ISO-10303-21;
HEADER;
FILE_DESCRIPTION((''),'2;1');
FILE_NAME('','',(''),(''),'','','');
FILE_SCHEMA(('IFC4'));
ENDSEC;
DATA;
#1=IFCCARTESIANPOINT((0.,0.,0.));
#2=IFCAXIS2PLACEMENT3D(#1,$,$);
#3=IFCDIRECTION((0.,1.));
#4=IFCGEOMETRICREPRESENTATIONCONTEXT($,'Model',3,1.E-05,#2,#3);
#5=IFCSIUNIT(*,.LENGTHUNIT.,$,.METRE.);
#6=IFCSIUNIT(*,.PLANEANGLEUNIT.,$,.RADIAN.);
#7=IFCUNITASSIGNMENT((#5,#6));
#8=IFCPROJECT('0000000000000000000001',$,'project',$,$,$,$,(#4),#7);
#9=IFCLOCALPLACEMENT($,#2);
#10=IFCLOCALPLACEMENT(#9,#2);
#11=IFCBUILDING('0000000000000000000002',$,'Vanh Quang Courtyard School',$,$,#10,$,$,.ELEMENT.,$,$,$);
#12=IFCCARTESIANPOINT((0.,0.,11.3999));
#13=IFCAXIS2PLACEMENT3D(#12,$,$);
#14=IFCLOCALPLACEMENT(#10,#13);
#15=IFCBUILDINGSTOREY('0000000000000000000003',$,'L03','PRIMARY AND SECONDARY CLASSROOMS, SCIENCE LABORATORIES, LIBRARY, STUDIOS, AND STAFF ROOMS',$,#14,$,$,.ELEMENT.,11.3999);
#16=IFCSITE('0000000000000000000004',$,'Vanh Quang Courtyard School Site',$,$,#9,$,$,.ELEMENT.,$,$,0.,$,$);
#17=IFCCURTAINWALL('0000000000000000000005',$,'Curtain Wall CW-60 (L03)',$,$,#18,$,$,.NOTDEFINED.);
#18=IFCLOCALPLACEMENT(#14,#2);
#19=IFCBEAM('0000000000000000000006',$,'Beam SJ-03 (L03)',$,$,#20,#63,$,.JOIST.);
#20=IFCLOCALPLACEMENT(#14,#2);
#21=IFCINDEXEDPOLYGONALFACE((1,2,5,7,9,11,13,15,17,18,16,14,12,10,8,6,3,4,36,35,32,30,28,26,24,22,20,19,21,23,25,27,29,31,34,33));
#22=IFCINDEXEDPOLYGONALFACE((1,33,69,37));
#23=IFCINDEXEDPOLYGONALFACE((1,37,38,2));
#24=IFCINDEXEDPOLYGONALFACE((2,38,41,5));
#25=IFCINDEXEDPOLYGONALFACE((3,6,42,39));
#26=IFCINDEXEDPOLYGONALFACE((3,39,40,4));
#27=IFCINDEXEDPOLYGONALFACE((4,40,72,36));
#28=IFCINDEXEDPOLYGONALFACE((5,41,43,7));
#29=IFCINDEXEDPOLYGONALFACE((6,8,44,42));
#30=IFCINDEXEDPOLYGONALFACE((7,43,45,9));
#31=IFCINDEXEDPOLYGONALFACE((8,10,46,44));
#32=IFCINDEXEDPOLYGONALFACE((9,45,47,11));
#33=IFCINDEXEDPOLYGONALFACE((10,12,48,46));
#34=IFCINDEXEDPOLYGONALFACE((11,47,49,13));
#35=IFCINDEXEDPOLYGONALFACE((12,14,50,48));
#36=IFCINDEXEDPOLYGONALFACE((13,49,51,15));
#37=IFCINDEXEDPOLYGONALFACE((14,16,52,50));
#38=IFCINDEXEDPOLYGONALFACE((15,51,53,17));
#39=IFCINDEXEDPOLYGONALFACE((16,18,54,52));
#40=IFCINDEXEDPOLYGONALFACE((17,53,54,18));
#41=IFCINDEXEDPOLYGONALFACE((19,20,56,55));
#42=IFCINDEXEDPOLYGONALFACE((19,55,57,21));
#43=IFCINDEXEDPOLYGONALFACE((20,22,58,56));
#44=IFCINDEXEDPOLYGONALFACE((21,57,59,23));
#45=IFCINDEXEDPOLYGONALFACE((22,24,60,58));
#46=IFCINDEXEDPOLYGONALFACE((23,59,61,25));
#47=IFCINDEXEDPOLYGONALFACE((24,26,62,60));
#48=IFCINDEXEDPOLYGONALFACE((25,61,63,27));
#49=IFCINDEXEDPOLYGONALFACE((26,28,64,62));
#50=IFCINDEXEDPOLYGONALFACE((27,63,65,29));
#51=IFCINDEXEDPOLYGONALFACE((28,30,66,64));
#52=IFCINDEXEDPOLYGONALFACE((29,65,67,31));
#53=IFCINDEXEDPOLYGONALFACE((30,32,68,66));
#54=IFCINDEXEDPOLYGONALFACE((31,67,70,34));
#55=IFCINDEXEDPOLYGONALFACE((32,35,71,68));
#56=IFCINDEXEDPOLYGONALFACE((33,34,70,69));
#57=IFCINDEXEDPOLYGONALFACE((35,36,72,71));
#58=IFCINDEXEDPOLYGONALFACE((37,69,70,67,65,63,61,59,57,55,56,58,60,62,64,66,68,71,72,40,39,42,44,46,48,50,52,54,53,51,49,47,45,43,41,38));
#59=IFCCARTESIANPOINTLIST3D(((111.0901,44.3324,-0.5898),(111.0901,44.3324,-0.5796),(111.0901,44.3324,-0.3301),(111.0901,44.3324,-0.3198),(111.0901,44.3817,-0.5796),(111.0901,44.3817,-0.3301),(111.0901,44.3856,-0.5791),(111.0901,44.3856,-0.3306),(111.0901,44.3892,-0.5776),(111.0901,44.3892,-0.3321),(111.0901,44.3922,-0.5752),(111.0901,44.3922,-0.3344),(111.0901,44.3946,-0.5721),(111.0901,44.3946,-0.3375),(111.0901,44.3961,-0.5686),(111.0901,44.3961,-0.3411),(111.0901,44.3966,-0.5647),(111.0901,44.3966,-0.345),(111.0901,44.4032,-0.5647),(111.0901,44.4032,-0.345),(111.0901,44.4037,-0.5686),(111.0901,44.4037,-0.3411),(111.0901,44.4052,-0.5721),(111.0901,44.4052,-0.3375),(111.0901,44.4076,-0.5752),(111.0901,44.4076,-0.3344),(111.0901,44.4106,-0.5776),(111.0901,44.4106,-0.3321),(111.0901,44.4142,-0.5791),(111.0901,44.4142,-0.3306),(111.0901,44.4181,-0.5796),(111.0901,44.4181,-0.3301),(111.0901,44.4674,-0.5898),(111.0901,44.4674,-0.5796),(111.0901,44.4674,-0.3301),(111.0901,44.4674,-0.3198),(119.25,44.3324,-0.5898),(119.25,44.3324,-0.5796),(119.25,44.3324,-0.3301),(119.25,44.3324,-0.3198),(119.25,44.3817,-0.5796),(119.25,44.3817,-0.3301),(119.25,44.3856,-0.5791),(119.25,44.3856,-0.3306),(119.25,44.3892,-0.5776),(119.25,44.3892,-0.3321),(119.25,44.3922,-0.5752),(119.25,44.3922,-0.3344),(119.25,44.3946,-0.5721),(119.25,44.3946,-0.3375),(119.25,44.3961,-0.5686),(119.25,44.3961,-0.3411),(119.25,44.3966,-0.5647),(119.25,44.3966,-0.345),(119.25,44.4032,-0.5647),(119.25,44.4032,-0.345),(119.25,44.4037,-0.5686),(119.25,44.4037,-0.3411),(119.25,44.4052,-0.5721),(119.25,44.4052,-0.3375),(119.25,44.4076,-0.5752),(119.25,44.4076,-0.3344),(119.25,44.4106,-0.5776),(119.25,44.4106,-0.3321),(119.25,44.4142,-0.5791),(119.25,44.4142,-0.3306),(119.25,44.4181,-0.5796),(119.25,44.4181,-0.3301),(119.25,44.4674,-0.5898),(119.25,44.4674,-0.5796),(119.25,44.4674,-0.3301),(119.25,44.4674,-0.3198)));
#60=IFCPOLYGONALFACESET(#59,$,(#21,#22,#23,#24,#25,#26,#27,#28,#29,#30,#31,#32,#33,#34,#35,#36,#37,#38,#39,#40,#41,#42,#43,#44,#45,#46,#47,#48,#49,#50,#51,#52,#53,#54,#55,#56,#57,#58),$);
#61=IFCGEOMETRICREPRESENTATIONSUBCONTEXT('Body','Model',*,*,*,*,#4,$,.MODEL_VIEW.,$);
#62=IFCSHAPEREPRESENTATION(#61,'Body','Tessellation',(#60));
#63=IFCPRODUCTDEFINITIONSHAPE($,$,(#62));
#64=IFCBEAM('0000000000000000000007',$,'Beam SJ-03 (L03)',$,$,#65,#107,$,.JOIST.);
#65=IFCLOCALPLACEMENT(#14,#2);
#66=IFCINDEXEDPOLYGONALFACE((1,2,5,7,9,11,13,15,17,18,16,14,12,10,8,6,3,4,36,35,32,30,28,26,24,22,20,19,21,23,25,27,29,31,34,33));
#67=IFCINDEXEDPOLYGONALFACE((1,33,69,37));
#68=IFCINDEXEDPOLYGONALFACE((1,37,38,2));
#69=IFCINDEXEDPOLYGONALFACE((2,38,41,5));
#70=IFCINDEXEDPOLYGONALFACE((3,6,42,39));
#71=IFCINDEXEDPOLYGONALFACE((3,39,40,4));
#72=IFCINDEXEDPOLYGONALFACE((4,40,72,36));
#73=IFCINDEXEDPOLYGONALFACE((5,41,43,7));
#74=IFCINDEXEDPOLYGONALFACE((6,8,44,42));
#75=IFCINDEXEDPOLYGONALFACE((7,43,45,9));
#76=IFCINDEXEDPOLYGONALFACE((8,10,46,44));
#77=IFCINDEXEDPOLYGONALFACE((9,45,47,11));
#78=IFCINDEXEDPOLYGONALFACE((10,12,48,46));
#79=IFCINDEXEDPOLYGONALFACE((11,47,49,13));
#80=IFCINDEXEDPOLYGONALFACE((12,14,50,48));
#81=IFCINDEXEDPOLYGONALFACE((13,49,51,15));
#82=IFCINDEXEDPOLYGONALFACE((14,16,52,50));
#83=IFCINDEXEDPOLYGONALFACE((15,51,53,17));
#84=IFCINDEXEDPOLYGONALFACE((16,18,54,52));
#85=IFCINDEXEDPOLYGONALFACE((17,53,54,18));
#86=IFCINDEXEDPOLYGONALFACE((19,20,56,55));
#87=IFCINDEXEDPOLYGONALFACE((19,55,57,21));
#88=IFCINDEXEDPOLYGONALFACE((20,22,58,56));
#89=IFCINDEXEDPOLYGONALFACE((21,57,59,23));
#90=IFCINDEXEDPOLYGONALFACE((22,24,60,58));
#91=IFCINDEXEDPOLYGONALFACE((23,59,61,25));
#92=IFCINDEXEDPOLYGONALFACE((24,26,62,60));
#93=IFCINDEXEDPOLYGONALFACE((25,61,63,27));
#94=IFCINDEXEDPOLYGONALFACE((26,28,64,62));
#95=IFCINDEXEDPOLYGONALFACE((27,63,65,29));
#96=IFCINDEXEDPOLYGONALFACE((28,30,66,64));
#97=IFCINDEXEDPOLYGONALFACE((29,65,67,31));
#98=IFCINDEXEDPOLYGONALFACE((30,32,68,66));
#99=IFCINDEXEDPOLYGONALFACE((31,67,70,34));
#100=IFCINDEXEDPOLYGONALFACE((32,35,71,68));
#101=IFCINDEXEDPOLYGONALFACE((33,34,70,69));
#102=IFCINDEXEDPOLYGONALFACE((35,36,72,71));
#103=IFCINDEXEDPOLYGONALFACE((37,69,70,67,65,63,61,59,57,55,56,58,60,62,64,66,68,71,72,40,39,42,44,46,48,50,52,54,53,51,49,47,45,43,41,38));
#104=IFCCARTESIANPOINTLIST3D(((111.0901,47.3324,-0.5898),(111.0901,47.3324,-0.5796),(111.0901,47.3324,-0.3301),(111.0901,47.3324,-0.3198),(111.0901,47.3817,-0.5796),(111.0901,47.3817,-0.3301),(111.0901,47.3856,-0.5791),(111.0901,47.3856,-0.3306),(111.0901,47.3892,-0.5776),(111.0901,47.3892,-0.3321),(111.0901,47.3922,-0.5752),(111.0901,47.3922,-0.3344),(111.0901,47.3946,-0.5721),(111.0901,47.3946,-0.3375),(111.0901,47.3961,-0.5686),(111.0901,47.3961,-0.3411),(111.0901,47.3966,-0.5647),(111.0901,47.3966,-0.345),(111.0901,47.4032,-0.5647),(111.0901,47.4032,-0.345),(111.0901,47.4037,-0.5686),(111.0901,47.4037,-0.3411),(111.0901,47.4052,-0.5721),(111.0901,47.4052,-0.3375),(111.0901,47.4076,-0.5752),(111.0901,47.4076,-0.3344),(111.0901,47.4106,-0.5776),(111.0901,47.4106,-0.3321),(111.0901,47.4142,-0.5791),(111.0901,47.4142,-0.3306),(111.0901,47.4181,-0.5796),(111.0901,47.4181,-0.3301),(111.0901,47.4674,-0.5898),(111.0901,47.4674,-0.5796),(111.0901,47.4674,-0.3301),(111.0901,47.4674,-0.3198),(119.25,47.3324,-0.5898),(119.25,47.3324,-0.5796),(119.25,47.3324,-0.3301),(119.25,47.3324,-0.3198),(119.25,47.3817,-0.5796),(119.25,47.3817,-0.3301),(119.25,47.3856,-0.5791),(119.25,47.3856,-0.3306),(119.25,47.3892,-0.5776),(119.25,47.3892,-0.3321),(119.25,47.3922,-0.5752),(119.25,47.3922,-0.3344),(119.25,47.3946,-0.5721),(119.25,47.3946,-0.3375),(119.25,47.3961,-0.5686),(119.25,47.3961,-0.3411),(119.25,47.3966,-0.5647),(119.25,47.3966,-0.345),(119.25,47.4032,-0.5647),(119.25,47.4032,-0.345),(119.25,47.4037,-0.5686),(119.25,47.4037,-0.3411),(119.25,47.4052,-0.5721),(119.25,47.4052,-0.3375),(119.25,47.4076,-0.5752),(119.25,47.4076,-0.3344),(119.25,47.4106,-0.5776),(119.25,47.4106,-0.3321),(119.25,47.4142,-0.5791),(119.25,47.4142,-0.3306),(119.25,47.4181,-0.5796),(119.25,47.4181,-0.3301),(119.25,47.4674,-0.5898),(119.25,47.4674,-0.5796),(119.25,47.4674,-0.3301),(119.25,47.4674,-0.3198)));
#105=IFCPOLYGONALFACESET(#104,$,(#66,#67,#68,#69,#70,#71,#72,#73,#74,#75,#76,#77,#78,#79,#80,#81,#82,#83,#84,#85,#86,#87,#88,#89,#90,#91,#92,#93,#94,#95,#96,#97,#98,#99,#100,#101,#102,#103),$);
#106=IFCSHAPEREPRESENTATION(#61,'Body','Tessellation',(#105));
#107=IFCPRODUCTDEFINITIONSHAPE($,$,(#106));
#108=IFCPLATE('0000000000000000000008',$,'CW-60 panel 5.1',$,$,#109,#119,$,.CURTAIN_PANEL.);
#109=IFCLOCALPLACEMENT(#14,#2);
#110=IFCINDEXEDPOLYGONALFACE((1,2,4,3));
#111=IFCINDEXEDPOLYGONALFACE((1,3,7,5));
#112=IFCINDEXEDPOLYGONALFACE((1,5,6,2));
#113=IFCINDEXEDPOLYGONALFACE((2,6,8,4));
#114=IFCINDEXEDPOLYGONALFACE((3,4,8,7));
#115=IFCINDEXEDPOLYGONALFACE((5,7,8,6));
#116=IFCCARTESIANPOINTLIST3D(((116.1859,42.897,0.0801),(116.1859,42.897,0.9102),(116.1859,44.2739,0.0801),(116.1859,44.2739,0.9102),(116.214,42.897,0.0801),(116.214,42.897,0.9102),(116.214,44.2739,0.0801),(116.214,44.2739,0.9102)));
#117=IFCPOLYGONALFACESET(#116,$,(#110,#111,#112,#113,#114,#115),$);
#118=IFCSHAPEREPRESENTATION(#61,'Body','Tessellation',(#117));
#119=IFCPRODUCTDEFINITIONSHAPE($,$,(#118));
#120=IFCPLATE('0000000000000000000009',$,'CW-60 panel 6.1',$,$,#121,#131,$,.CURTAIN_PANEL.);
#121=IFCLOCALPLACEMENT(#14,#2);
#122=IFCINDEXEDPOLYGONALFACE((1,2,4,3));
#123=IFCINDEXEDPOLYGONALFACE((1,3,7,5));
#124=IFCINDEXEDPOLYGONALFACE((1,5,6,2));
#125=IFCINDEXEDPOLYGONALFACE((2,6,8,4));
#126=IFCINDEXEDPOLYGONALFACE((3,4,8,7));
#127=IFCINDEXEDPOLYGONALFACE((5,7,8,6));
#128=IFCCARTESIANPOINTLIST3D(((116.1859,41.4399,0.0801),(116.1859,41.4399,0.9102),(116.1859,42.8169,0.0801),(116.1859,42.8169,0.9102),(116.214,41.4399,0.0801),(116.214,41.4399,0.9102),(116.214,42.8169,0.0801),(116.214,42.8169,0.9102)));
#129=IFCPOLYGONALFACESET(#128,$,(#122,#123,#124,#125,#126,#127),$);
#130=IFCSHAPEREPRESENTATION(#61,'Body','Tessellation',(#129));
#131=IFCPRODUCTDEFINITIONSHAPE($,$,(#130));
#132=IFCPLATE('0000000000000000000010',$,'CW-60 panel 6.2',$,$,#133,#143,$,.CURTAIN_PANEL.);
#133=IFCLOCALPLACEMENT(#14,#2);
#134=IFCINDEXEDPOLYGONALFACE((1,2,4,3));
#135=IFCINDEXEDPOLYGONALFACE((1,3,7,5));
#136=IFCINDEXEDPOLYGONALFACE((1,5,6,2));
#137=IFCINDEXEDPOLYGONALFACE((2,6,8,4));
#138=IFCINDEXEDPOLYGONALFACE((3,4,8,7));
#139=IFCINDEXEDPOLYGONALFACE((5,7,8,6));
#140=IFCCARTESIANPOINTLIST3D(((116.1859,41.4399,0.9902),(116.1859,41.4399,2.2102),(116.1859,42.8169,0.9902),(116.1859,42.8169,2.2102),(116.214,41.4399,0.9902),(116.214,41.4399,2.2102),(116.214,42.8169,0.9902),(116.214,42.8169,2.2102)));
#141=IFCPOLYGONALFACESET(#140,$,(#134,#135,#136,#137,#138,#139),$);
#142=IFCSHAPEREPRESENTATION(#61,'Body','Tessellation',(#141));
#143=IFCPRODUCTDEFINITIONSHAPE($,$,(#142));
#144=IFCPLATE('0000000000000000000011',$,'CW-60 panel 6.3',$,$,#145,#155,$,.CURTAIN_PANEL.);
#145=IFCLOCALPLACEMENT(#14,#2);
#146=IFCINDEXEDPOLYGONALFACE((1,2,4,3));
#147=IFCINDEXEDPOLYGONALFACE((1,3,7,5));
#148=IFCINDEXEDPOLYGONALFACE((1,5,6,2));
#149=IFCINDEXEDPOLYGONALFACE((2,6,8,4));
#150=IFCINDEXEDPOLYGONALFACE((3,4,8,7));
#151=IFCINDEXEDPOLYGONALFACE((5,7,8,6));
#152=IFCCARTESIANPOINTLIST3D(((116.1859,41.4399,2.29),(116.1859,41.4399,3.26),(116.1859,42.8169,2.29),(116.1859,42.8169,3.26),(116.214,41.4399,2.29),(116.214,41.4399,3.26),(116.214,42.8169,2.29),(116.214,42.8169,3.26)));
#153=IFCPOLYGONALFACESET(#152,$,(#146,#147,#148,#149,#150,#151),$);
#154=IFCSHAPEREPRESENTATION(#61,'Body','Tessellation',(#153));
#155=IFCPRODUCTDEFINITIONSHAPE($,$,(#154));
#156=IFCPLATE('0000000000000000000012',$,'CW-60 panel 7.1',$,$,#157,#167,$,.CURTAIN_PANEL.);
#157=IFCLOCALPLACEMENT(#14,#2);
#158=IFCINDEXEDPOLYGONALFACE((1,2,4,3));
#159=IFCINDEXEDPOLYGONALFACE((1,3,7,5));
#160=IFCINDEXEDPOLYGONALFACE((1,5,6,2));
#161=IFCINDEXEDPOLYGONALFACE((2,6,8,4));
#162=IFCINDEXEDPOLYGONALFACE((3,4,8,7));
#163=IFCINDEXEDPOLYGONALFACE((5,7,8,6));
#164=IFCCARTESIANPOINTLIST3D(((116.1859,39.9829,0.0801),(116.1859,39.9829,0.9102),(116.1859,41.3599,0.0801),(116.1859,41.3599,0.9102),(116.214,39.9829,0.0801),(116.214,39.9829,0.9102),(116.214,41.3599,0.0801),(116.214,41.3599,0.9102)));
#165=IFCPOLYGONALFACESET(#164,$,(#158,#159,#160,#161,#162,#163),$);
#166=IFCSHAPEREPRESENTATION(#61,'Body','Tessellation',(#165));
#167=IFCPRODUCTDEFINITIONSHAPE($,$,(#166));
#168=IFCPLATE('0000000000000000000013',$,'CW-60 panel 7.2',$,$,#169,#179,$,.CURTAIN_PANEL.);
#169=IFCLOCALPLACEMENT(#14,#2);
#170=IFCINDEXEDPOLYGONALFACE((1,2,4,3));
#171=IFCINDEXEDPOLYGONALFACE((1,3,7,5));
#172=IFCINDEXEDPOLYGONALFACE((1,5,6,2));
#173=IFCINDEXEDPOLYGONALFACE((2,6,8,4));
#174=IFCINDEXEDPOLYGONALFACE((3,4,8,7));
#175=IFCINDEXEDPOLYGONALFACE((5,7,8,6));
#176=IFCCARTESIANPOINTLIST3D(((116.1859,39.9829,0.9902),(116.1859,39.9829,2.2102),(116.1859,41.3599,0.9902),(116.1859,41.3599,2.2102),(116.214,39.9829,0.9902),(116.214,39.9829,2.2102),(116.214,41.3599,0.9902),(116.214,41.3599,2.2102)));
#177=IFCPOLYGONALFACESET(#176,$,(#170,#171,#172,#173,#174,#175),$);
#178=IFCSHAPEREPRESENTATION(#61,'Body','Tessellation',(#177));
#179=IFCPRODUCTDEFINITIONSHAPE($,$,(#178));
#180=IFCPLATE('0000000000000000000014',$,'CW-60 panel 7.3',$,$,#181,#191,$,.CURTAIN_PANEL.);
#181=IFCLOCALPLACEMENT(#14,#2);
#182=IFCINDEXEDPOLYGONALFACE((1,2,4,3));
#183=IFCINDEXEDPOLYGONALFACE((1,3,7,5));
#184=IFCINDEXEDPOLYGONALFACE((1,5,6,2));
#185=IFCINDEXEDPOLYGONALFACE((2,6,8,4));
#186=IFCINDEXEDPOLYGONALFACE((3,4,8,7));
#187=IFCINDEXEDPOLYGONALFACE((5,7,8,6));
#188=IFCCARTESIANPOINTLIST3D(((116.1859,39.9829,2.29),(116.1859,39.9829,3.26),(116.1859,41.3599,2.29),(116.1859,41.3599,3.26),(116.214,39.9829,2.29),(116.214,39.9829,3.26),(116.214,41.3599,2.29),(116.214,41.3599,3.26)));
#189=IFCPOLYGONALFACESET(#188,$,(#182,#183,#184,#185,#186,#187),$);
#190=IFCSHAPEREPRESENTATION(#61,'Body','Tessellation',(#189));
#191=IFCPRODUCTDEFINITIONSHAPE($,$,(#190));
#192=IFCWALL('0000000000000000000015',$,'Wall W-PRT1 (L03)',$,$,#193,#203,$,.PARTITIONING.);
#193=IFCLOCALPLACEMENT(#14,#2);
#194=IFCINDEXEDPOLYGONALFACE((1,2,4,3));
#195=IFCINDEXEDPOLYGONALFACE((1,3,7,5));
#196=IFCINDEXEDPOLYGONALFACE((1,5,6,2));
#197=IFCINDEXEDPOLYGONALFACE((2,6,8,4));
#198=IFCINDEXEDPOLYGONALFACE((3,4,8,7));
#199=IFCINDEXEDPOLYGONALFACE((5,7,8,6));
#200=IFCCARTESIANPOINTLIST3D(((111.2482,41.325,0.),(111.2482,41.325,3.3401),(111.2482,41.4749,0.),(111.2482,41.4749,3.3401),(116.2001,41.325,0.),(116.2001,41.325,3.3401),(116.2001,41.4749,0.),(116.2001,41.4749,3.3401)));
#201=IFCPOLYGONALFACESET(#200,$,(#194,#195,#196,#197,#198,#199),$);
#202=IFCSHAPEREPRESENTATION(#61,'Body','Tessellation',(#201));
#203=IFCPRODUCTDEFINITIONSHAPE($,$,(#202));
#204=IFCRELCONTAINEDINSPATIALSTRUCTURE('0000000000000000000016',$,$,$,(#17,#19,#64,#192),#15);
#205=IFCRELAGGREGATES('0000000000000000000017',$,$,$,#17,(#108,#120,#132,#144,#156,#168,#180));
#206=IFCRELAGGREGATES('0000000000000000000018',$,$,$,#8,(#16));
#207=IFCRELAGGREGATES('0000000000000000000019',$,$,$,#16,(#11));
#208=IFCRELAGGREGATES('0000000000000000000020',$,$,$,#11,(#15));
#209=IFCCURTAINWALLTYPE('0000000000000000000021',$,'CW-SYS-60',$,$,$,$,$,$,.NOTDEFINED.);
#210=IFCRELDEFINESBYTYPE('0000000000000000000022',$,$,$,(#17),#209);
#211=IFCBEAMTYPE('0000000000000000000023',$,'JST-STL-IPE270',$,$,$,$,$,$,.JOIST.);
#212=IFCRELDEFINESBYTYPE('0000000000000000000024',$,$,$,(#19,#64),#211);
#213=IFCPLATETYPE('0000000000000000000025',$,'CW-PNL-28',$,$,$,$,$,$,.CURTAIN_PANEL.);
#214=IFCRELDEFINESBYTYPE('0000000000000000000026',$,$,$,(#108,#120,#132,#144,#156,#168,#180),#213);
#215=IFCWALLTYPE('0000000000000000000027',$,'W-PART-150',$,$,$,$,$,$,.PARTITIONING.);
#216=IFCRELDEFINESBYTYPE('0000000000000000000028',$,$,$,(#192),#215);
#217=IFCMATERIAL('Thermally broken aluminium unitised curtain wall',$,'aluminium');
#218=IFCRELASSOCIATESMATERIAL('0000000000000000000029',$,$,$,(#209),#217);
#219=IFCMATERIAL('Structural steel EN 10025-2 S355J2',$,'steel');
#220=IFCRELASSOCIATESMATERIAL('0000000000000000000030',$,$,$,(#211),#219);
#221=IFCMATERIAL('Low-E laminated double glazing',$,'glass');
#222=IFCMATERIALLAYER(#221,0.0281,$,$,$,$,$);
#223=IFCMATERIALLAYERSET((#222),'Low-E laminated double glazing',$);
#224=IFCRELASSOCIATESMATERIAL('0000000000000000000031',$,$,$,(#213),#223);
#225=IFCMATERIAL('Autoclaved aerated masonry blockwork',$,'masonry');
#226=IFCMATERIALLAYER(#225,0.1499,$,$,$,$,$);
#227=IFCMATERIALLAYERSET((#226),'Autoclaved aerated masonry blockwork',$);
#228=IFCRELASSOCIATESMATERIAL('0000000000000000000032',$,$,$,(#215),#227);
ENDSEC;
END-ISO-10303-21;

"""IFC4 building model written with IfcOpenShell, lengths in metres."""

from ifc_helpers import new_model, si_unit, direction, frame, frame_2d, origin, origin_2d, place, context, subcontext, project, spatial, rectangle, i_section, extrude, material, layer, layer_set, material_profile, profile_set, type_object, element, aggregate, save


model = new_model("IFC4")

# Units and contexts
model_context = context("Model", 3, precision=1e-05, world=origin(), true_north=direction((0.0, 1.0)))
body_context = subcontext(model_context, "Body", "Model", "MODEL_VIEW")
ifc_project = project(units=[si_unit("LENGTHUNIT", "METRE"), si_unit("PLANEANGLEUNIT", "RADIAN")], contexts=[model_context])

# Site, building, storey
site_placement = place(None, origin())
site = spatial("IfcSite", under=ifc_project, at=site_placement, Name="Vanh Quang Courtyard School Site", CompositionType="ELEMENT", RefElevation=0.0)
building_placement = place(site_placement, origin())
building = spatial("IfcBuilding", under=site, at=building_placement, Name="Vanh Quang Courtyard School", CompositionType="ELEMENT")
storey_placement = place(building_placement, frame((0.0, 0.0, 11.3999)))
storey = spatial("IfcBuildingStorey", under=building, at=storey_placement, Name="L03", Description="PRIMARY AND SECONDARY CLASSROOMS, SCIENCE LABORATORIES, LIBRARY, STUDIOS, AND STAFF ROOMS", CompositionType="ELEMENT", Elevation=11.3999)

# Curtain wall
ifc_material_1 = material(Name="Thermally broken aluminium unitised curtain wall", Category="aluminium")
curtain_wall_type = type_object("IfcCurtainWallType", Name="CW-SYS-60", PredefinedType="NOTDEFINED", material=ifc_material_1)
curtain_wall_placement = place(storey_placement, origin())
curtain_wall = element("IfcCurtainWall", 1, at=curtain_wall_placement, inside=storey, type_object=curtain_wall_type, Name="Curtain Wall CW-60 (L03)", PredefinedType="NOTDEFINED")

# Beams
ifc_material_2 = material(Name="Structural steel EN 10025-2 S355J2", Category="steel")
ifc_material_profile_1 = material_profile(ifc_material_2, i_section(OverallWidth=0.135, OverallDepth=0.27, WebThickness=0.0066, FlangeThickness=0.0103, FilletRadius=0.0149, at=origin_2d()), Name="IPE 270")
ifc_profile_set_1 = profile_set([ifc_material_profile_1], Name="Structural steel EN 10025-2 S355J2")
beam_type = type_object("IfcBeamType", Name="JST-STL-IPE270", PredefinedType="JOIST", material=ifc_profile_set_1)
for number, where, z_axis, x_axis, name in (
    (2, (111.0901, 44.3999, -0.4548), (1.0, 0.0, 0.0), (0.0, 1.0, 0.0), "Beam SJ-03 (L03)"),
    (3, (111.0901, 47.3999, -0.4548), (1.0, 0.0, 0.0), (0.0, 1.0, 0.0), "Beam SJ-03 (L03)"),
):
    element("IfcBeam", number, at=place(storey_placement, frame(where, z_axis=z_axis, x_axis=x_axis)), inside=storey, type_object=beam_type, Name=name, PredefinedType="JOIST", context=body_context, shape_type="SweptSolid", body=[
        extrude(i_section(OverallWidth=0.135, OverallDepth=0.27, WebThickness=0.0066, FlangeThickness=0.0103, FilletRadius=0.0149, at=origin_2d()), origin(), (0.0, 0.0, 1.0), 8.1599),
    ])

# Plates
ifc_material_3 = material(Name="Low-E laminated double glazing", Category="glass")
ifc_layer_1 = layer(ifc_material_3, 0.0281)
ifc_layer_set_1 = layer_set([ifc_layer_1], Name="Low-E laminated double glazing")
plate_type = type_object("IfcPlateType", Name="CW-PNL-28", PredefinedType="CURTAIN_PANEL", material=ifc_layer_set_1)
plate_1_placement = place(storey_placement, frame((116.2, 43.5854, 0.0801), z_axis=(0.0, 0.0, 1.0), x_axis=(0.0, -1.0, 0.0)))
plate_1 = element("IfcPlate", 4, at=plate_1_placement, type_object=plate_type, Name="CW-60 panel 5.1", PredefinedType="CURTAIN_PANEL", context=body_context, shape_type="SweptSolid", body=[
    extrude(rectangle(XDim=1.377, YDim=0.0281, at=origin_2d()), origin(), (0.0, 0.0, 1.0), 0.8301),
])
plate_2_placement = place(storey_placement, frame((116.2, 42.1284, 0.0801), z_axis=(0.0, 0.0, 1.0), x_axis=(0.0, -1.0, 0.0)))
plate_2 = element("IfcPlate", 5, at=plate_2_placement, type_object=plate_type, Name="CW-60 panel 6.1", PredefinedType="CURTAIN_PANEL", context=body_context, shape_type="SweptSolid", body=[
    extrude(rectangle(XDim=1.377, YDim=0.0281, at=origin_2d()), origin(), (0.0, 0.0, 1.0), 0.8301),
])
plate_3_placement = place(storey_placement, frame((116.2, 42.1284, 0.9902), z_axis=(0.0, 0.0, 1.0), x_axis=(0.0, -1.0, 0.0)))
plate_3 = element("IfcPlate", 6, at=plate_3_placement, type_object=plate_type, Name="CW-60 panel 6.2", PredefinedType="CURTAIN_PANEL", context=body_context, shape_type="SweptSolid", body=[
    extrude(rectangle(XDim=1.377, YDim=0.0281, at=origin_2d()), origin(), (0.0, 0.0, 1.0), 1.22),
])
plate_4_placement = place(storey_placement, frame((116.2, 42.1284, 2.29), z_axis=(0.0, 0.0, 1.0), x_axis=(0.0, -1.0, 0.0)))
plate_4 = element("IfcPlate", 7, at=plate_4_placement, type_object=plate_type, Name="CW-60 panel 6.3", PredefinedType="CURTAIN_PANEL", context=body_context, shape_type="SweptSolid", body=[
    extrude(rectangle(XDim=1.377, YDim=0.0281, at=origin_2d()), origin(), (0.0, 0.0, 1.0), 0.97),
])
plate_5_placement = place(storey_placement, frame((116.2, 40.6714, 0.0801), z_axis=(0.0, 0.0, 1.0), x_axis=(0.0, -1.0, 0.0)))
plate_5 = element("IfcPlate", 8, at=plate_5_placement, type_object=plate_type, Name="CW-60 panel 7.1", PredefinedType="CURTAIN_PANEL", context=body_context, shape_type="SweptSolid", body=[
    extrude(rectangle(XDim=1.377, YDim=0.0281, at=origin_2d()), origin(), (0.0, 0.0, 1.0), 0.8301),
])
plate_6_placement = place(storey_placement, frame((116.2, 40.6714, 0.9902), z_axis=(0.0, 0.0, 1.0), x_axis=(0.0, -1.0, 0.0)))
plate_6 = element("IfcPlate", 9, at=plate_6_placement, type_object=plate_type, Name="CW-60 panel 7.2", PredefinedType="CURTAIN_PANEL", context=body_context, shape_type="SweptSolid", body=[
    extrude(rectangle(XDim=1.377, YDim=0.0281, at=origin_2d()), origin(), (0.0, 0.0, 1.0), 1.22),
])
plate_7_placement = place(storey_placement, frame((116.2, 40.6714, 2.29), z_axis=(0.0, 0.0, 1.0), x_axis=(0.0, -1.0, 0.0)))
plate_7 = element("IfcPlate", 10, at=plate_7_placement, type_object=plate_type, Name="CW-60 panel 7.3", PredefinedType="CURTAIN_PANEL", context=body_context, shape_type="SweptSolid", body=[
    extrude(rectangle(XDim=1.377, YDim=0.0281, at=origin_2d()), origin(), (0.0, 0.0, 1.0), 0.97),
])
aggregate(curtain_wall, [plate_1, plate_2, plate_3, plate_4, plate_5, plate_6, plate_7])

# Wall
ifc_material_4 = material(Name="Autoclaved aerated masonry blockwork", Category="masonry")
ifc_layer_2 = layer(ifc_material_4, 0.1499)
ifc_layer_set_2 = layer_set([ifc_layer_2], Name="Autoclaved aerated masonry blockwork")
wall_type = type_object("IfcWallType", Name="W-PART-150", PredefinedType="PARTITIONING", material=ifc_layer_set_2)
wall_placement = place(storey_placement, frame((111.248, 41.3999, 0.0), z_axis=(0.0, 0.0, 1.0), x_axis=(1.0, 0.0, 0.0)))
element("IfcWall", 11, at=wall_placement, inside=storey, type_object=wall_type, Name="Wall W-PRT1 (L03)", PredefinedType="PARTITIONING", context=body_context, shape_type="SweptSolid", body=[
    extrude(rectangle(XDim=4.9519, YDim=0.1499, at=frame_2d((2.4761, 0.0))), origin(), (0.0, 0.0, 1.0), 3.3401),
])

save(model, "model.ifc")
